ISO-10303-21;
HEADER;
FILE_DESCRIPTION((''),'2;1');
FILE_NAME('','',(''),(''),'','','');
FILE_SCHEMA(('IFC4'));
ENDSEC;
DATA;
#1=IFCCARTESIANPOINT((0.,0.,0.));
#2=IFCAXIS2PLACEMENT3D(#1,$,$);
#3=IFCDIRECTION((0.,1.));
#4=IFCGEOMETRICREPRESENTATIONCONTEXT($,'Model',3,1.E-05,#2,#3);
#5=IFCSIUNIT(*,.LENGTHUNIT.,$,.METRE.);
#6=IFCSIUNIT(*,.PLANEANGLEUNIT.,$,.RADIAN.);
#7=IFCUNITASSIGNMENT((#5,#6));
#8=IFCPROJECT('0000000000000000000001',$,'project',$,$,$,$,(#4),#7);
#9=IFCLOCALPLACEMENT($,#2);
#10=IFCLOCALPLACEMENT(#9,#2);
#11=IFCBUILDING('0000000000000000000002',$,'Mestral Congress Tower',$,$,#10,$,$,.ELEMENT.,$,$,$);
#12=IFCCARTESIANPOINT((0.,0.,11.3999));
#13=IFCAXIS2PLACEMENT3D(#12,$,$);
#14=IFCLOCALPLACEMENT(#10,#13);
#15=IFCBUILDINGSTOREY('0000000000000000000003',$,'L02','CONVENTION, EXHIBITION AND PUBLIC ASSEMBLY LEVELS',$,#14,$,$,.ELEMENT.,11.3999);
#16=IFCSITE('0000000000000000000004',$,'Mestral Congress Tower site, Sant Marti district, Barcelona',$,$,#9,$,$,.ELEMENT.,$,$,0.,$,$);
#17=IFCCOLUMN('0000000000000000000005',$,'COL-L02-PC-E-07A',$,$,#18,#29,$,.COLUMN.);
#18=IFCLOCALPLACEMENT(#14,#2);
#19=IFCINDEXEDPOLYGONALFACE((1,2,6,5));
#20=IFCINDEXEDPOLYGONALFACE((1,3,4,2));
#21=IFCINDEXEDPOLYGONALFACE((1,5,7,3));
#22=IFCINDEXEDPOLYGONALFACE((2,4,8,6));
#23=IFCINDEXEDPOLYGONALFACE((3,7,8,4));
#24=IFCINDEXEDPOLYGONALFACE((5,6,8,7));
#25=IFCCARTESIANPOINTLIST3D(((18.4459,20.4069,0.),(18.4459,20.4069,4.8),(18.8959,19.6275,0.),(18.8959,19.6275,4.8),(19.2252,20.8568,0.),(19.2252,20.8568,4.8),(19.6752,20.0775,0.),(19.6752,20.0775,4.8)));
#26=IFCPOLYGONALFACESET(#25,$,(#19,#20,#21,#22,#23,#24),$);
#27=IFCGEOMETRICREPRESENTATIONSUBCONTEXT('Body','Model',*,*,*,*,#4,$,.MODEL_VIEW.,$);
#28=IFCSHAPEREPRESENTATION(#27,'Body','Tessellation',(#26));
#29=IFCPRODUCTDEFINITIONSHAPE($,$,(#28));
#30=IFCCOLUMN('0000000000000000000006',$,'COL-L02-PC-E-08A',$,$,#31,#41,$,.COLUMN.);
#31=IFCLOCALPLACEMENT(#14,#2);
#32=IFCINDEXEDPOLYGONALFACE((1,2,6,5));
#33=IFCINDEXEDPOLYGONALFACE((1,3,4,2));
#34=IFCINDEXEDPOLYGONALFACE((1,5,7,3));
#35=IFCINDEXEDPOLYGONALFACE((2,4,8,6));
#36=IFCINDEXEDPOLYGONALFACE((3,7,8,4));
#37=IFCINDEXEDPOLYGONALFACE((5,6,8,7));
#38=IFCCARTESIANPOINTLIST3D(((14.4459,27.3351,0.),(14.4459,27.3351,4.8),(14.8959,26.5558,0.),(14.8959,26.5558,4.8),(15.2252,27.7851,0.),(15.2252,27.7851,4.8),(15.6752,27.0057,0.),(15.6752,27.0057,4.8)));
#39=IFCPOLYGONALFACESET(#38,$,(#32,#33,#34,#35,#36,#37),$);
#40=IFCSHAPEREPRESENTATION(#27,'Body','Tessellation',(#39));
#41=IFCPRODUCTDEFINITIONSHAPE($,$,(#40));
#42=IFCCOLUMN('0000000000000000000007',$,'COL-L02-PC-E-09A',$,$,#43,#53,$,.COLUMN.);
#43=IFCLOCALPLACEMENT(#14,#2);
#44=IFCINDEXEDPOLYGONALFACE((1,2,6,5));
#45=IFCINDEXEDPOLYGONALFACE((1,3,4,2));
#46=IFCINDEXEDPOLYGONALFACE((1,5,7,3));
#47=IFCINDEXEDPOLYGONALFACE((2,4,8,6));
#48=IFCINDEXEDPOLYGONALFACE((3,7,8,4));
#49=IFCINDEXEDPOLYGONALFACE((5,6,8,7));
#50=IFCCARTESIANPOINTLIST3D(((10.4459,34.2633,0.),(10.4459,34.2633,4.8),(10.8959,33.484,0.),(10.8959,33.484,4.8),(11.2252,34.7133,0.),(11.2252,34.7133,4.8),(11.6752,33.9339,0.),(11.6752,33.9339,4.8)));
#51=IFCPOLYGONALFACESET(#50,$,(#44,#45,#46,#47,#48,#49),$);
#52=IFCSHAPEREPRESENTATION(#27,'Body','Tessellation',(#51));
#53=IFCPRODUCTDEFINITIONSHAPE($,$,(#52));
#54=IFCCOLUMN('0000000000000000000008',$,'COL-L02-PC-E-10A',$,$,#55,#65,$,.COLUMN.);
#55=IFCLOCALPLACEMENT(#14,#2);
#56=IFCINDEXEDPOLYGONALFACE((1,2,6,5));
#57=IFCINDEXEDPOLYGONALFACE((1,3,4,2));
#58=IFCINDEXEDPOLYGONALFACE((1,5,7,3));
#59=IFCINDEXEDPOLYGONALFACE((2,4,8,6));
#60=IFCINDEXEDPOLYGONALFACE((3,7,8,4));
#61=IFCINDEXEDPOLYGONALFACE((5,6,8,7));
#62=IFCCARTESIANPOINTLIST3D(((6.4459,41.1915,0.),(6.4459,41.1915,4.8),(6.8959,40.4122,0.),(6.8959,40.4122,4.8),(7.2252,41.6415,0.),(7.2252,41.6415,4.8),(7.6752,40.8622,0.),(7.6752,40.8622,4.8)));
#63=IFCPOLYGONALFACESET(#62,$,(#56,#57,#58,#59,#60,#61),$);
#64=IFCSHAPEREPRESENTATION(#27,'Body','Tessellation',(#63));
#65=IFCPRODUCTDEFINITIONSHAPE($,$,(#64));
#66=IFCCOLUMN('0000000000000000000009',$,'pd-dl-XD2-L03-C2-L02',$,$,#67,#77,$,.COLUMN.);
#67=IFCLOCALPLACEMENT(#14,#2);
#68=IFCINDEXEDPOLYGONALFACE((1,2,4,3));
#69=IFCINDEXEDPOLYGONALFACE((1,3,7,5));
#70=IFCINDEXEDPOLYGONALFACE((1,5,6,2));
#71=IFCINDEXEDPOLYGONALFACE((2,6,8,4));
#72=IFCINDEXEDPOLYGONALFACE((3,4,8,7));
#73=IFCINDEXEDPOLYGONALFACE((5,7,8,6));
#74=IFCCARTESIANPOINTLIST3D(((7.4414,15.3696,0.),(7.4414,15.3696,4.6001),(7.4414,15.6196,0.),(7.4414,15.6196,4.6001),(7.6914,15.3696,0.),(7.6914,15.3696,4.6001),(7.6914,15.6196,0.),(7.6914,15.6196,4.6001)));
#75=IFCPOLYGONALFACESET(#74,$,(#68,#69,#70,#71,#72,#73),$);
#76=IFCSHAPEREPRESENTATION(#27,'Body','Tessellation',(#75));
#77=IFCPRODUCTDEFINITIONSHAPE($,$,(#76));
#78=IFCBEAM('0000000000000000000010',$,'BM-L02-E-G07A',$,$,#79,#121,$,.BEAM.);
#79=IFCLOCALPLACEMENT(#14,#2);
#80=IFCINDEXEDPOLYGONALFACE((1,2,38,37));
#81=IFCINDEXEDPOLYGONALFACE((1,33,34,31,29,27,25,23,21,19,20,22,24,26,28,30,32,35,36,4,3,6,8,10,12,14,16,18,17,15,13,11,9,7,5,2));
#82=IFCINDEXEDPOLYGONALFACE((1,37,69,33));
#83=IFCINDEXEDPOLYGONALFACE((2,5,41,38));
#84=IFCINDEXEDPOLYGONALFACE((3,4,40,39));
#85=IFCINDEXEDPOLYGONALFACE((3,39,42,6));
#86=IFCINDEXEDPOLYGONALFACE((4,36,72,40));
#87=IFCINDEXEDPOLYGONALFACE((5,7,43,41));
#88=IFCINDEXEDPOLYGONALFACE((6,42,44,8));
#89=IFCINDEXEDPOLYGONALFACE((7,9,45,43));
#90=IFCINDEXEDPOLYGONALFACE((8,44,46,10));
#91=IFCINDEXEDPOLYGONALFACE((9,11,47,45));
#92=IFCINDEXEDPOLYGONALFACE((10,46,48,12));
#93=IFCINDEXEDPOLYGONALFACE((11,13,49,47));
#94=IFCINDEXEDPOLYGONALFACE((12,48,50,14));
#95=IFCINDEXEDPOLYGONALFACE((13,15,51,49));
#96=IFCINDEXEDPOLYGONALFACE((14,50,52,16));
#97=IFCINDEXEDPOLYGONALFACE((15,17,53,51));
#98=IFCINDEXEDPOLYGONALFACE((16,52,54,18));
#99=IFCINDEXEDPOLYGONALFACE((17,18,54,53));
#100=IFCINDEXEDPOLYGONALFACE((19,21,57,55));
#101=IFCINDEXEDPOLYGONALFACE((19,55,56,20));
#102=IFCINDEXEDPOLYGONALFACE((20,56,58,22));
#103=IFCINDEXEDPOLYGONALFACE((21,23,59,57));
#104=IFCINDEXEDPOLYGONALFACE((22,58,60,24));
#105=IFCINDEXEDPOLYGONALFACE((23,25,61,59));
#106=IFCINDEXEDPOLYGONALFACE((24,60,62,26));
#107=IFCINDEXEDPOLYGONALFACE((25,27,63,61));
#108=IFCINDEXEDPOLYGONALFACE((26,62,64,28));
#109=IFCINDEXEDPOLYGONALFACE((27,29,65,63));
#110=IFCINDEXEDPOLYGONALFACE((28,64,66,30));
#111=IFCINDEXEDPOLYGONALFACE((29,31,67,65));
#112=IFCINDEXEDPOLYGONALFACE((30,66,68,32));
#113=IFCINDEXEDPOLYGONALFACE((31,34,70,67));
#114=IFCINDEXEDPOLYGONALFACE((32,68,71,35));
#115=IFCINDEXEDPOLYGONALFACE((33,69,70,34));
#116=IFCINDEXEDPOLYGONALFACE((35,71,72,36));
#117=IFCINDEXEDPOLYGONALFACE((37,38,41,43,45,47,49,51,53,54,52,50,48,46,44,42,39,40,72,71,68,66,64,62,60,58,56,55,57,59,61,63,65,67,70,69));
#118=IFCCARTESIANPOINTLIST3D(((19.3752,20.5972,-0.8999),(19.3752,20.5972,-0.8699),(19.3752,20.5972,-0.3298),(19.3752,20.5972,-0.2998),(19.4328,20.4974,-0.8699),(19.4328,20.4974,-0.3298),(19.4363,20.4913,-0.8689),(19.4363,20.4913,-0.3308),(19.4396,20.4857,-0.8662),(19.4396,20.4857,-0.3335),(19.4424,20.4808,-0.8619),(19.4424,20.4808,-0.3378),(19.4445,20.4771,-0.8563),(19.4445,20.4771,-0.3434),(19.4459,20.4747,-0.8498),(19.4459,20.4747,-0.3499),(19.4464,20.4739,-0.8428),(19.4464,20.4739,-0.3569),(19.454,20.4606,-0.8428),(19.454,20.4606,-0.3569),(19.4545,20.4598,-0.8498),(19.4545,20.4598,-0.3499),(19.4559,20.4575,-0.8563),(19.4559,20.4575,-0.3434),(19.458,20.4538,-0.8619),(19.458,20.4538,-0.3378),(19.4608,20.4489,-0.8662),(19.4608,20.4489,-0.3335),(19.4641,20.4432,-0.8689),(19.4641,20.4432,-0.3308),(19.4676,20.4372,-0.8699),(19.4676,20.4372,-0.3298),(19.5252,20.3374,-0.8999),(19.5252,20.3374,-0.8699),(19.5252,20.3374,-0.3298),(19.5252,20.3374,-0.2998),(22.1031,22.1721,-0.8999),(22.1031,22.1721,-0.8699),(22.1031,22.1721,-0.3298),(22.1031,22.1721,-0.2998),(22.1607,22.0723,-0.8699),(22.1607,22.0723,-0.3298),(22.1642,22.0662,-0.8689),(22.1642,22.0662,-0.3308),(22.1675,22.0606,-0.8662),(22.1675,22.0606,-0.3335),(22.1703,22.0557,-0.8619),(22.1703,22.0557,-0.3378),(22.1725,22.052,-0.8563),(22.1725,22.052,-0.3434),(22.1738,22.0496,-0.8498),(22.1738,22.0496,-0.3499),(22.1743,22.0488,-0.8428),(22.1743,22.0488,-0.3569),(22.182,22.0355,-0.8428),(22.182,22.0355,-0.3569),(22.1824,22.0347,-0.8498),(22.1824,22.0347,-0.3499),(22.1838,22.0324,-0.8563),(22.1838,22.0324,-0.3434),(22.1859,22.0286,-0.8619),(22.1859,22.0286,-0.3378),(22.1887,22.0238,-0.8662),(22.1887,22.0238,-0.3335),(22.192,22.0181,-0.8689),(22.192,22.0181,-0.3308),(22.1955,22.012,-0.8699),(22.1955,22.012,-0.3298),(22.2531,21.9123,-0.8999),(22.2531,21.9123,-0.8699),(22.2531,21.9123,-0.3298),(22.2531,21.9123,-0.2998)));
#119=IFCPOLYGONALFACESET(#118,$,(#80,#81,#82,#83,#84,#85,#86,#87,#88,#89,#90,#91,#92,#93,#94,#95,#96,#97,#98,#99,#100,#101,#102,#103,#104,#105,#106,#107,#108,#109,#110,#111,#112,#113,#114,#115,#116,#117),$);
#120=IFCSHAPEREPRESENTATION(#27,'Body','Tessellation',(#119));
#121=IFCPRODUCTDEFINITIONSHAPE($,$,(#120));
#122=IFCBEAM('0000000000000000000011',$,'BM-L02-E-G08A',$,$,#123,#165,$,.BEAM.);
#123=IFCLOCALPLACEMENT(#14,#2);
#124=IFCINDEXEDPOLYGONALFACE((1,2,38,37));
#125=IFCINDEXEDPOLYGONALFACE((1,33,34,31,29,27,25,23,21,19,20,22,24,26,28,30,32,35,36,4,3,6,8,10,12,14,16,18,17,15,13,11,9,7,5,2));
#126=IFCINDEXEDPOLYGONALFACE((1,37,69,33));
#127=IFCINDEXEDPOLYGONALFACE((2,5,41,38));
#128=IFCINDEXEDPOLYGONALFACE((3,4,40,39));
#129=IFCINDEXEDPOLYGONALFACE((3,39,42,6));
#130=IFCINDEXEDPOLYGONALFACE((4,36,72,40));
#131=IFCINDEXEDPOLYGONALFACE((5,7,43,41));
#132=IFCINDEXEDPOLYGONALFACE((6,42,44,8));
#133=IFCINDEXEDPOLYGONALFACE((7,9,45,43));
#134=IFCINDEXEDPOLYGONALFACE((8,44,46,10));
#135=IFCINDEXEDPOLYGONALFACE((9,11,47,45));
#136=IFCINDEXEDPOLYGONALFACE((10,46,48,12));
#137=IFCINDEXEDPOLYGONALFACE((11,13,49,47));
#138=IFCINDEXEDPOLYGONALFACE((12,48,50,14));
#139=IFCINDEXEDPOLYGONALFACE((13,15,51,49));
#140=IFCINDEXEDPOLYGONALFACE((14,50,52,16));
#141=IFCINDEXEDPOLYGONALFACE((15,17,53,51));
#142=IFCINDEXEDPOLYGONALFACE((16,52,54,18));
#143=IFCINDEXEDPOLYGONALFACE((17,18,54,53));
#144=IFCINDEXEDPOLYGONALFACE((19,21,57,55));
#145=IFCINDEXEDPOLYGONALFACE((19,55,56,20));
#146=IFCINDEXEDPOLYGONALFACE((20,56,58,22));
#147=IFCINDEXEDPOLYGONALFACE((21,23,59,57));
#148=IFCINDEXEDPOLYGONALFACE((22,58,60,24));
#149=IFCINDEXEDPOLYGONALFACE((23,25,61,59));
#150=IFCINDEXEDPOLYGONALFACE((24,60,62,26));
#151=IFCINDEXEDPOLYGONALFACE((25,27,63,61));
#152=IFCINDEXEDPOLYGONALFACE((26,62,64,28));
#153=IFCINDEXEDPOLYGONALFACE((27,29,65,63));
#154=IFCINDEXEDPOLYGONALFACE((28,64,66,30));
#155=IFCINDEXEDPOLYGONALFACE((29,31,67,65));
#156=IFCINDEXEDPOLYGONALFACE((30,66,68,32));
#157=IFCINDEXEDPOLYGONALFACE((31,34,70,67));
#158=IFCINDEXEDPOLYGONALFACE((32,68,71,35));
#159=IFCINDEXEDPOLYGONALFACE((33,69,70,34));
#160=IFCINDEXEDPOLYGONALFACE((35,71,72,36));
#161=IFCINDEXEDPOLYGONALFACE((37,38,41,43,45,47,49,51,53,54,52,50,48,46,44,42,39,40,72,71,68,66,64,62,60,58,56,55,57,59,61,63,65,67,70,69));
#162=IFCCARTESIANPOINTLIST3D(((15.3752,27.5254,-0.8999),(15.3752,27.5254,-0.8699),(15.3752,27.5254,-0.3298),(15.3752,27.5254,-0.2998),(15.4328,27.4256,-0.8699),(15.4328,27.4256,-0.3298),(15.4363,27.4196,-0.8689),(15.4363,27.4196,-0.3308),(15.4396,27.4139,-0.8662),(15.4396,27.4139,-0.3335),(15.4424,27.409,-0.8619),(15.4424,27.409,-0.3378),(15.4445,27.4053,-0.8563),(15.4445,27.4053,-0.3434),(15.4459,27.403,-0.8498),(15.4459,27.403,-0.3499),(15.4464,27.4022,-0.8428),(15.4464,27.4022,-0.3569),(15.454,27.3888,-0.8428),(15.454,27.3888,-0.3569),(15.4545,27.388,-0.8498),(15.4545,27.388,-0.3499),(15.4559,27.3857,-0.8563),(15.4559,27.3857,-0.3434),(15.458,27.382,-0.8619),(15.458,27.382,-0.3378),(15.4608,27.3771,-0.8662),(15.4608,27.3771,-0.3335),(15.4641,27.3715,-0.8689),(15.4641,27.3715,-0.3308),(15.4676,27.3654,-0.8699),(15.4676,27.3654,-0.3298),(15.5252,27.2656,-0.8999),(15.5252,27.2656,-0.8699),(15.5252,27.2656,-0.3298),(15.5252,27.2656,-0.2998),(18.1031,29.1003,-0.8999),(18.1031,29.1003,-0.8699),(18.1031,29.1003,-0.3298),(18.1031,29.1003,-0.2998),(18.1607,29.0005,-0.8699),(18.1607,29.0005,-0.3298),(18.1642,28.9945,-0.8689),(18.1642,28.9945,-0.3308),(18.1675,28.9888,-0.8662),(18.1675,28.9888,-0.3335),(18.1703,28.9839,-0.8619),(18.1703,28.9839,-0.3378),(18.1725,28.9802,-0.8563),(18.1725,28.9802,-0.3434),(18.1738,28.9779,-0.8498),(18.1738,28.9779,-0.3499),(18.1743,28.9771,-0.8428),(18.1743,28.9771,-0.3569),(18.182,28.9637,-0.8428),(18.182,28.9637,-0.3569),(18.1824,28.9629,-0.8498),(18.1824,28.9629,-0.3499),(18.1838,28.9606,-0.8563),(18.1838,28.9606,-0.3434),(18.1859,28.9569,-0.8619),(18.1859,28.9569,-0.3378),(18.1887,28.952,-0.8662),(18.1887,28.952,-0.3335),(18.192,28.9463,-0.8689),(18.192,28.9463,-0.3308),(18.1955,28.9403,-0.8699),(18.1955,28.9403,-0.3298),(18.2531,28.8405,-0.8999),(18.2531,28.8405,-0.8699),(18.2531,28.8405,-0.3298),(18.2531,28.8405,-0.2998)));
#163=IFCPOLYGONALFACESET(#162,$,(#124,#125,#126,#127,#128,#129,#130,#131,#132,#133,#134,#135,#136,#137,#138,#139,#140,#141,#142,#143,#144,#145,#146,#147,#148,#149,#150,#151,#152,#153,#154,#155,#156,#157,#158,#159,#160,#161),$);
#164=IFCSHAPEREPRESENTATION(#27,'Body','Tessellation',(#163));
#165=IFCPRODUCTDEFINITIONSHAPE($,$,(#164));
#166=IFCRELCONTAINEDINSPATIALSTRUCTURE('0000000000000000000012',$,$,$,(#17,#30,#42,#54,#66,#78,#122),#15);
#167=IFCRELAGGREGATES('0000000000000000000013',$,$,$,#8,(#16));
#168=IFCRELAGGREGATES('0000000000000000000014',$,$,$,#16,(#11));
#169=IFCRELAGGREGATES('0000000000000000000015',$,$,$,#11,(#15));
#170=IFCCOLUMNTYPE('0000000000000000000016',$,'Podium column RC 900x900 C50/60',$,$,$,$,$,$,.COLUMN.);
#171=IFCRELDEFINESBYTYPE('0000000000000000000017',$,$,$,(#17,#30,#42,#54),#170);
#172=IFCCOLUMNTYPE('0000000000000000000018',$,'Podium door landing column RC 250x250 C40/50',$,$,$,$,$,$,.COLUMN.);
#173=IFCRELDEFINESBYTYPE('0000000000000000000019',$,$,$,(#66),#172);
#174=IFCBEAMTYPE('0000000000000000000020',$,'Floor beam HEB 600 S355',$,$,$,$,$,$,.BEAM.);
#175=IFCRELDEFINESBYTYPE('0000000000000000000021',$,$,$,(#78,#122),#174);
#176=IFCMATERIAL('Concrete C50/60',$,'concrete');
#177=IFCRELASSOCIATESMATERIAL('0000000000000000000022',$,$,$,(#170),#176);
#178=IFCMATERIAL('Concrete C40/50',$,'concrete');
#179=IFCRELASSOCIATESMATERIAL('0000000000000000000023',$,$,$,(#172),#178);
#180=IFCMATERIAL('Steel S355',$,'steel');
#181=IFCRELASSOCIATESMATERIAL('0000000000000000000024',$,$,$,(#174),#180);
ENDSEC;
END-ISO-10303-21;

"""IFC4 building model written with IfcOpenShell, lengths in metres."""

from ifc_helpers import new_model, si_unit, direction, frame, origin, origin_2d, place, context, subcontext, project, spatial, rectangle, i_section, extrude, material, material_profile, profile_set, type_object, element, save


model = new_model("IFC4")

# Units and contexts
model_context = context("Model", 3, precision=1e-05, world=origin(), true_north=direction((0.0, 1.0)))
body_context = subcontext(model_context, "Body", "Model", "MODEL_VIEW")
ifc_project = project(units=[si_unit("LENGTHUNIT", "METRE"), si_unit("PLANEANGLEUNIT", "RADIAN")], contexts=[model_context])

# Site, building, storey
site_placement = place(None, origin())
site = spatial("IfcSite", under=ifc_project, at=site_placement, Name="Mestral Congress Tower site, Sant Marti district, Barcelona", CompositionType="ELEMENT", RefElevation=0.0)
building_placement = place(site_placement, origin())
building = spatial("IfcBuilding", under=site, at=building_placement, Name="Mestral Congress Tower", CompositionType="ELEMENT")
storey_placement = place(building_placement, frame((0.0, 0.0, 11.3999)))
storey = spatial("IfcBuildingStorey", under=building, at=storey_placement, Name="L02", Description="CONVENTION, EXHIBITION AND PUBLIC ASSEMBLY LEVELS", CompositionType="ELEMENT", Elevation=11.3999)

# Columns
ifc_material_1 = material(Name="Concrete C50/60", Category="concrete")
ifc_material_profile_1 = material_profile(ifc_material_1, rectangle(XDim=0.8999, YDim=0.8999, at=origin_2d()), Name="RC 900x900")
ifc_profile_set_1 = profile_set([ifc_material_profile_1], Name="Concrete C50/60")
column_type_1 = type_object("IfcColumnType", Name="Podium column RC 900x900 C50/60", PredefinedType="COLUMN", material=ifc_profile_set_1)
for number, where, z_axis, x_axis, name in (
    (1, (19.0605, 20.2422, 0.0), (0.0, 0.0, 1.0), (-0.5, 0.866025, 0.0), "COL-L02-PC-E-07A"),
    (2, (15.0605, 27.1704, 0.0), (0.0, 0.0, 1.0), (-0.5, 0.866025, 0.0), "COL-L02-PC-E-08A"),
    (3, (11.0605, 34.0986, 0.0), (0.0, 0.0, 1.0), (-0.5, 0.866025, 0.0), "COL-L02-PC-E-09A"),
    (4, (7.0605, 41.0269, 0.0), (0.0, 0.0, 1.0), (-0.5, 0.866025, 0.0), "COL-L02-PC-E-10A"),
):
    element("IfcColumn", number, at=place(storey_placement, frame(where, z_axis=z_axis, x_axis=x_axis)), inside=storey, type_object=column_type_1, Name=name, PredefinedType="COLUMN", context=body_context, shape_type="SweptSolid", body=[
        extrude(rectangle(XDim=0.8999, YDim=0.8999, at=origin_2d()), origin(), (0.0, 0.0, 1.0), 4.8),
    ])
ifc_material_2 = material(Name="Concrete C40/50", Category="concrete")
ifc_material_profile_2 = material_profile(ifc_material_2, rectangle(XDim=0.25, YDim=0.25, at=origin_2d()), Name="RC 250x250")
ifc_profile_set_2 = profile_set([ifc_material_profile_2], Name="Concrete C40/50")
column_type_2 = type_object("IfcColumnType", Name="Podium door landing column RC 250x250 C40/50", PredefinedType="COLUMN", material=ifc_profile_set_2)
column_placement = place(storey_placement, frame((7.5664, 15.4946, 0.0), z_axis=(0.0, 0.0, 1.0), x_axis=(1.0, 0.0, 0.0)))
element("IfcColumn", 5, at=column_placement, inside=storey, type_object=column_type_2, Name="pd-dl-XD2-L03-C2-L02", PredefinedType="COLUMN", context=body_context, shape_type="SweptSolid", body=[
    extrude(rectangle(XDim=0.25, YDim=0.25, at=origin_2d()), origin(), (0.0, 0.0, 1.0), 4.6001),
])

# Beams
ifc_material_3 = material(Name="Steel S355", Category="steel")
ifc_material_profile_3 = material_profile(ifc_material_3, i_section(OverallWidth=0.3, OverallDepth=0.6001, WebThickness=0.0154, FlangeThickness=0.03, FilletRadius=0.0271, at=origin_2d()), Name="HEB 600")
ifc_profile_set_3 = profile_set([ifc_material_profile_3], Name="Steel S355")
beam_type_1 = type_object("IfcBeamType", Name="Floor beam HEB 600 S355", PredefinedType="BEAM", material=ifc_profile_set_3)
for number, where, z_axis, x_axis, name in (
    (6, (19.4502, 20.4673, -0.5999), (0.866036, 0.499982, 0.0), (-0.499982, 0.866036, 0.0), "BM-L02-E-G07A"),
    (7, (15.4502, 27.3955, -0.5999), (0.866036, 0.499982, 0.0), (-0.499982, 0.866036, 0.0), "BM-L02-E-G08A"),
):
    element("IfcBeam", number, at=place(storey_placement, frame(where, z_axis=z_axis, x_axis=x_axis)), inside=storey, type_object=beam_type_1, Name=name, PredefinedType="BEAM", context=body_context, shape_type="SweptSolid", body=[
        extrude(i_section(OverallWidth=0.3, OverallDepth=0.6001, WebThickness=0.0154, FlangeThickness=0.03, FilletRadius=0.0271, at=origin_2d()), origin(), (0.0, 0.0, 1.0), 3.1499),
    ])

save(model, "model.ifc")
